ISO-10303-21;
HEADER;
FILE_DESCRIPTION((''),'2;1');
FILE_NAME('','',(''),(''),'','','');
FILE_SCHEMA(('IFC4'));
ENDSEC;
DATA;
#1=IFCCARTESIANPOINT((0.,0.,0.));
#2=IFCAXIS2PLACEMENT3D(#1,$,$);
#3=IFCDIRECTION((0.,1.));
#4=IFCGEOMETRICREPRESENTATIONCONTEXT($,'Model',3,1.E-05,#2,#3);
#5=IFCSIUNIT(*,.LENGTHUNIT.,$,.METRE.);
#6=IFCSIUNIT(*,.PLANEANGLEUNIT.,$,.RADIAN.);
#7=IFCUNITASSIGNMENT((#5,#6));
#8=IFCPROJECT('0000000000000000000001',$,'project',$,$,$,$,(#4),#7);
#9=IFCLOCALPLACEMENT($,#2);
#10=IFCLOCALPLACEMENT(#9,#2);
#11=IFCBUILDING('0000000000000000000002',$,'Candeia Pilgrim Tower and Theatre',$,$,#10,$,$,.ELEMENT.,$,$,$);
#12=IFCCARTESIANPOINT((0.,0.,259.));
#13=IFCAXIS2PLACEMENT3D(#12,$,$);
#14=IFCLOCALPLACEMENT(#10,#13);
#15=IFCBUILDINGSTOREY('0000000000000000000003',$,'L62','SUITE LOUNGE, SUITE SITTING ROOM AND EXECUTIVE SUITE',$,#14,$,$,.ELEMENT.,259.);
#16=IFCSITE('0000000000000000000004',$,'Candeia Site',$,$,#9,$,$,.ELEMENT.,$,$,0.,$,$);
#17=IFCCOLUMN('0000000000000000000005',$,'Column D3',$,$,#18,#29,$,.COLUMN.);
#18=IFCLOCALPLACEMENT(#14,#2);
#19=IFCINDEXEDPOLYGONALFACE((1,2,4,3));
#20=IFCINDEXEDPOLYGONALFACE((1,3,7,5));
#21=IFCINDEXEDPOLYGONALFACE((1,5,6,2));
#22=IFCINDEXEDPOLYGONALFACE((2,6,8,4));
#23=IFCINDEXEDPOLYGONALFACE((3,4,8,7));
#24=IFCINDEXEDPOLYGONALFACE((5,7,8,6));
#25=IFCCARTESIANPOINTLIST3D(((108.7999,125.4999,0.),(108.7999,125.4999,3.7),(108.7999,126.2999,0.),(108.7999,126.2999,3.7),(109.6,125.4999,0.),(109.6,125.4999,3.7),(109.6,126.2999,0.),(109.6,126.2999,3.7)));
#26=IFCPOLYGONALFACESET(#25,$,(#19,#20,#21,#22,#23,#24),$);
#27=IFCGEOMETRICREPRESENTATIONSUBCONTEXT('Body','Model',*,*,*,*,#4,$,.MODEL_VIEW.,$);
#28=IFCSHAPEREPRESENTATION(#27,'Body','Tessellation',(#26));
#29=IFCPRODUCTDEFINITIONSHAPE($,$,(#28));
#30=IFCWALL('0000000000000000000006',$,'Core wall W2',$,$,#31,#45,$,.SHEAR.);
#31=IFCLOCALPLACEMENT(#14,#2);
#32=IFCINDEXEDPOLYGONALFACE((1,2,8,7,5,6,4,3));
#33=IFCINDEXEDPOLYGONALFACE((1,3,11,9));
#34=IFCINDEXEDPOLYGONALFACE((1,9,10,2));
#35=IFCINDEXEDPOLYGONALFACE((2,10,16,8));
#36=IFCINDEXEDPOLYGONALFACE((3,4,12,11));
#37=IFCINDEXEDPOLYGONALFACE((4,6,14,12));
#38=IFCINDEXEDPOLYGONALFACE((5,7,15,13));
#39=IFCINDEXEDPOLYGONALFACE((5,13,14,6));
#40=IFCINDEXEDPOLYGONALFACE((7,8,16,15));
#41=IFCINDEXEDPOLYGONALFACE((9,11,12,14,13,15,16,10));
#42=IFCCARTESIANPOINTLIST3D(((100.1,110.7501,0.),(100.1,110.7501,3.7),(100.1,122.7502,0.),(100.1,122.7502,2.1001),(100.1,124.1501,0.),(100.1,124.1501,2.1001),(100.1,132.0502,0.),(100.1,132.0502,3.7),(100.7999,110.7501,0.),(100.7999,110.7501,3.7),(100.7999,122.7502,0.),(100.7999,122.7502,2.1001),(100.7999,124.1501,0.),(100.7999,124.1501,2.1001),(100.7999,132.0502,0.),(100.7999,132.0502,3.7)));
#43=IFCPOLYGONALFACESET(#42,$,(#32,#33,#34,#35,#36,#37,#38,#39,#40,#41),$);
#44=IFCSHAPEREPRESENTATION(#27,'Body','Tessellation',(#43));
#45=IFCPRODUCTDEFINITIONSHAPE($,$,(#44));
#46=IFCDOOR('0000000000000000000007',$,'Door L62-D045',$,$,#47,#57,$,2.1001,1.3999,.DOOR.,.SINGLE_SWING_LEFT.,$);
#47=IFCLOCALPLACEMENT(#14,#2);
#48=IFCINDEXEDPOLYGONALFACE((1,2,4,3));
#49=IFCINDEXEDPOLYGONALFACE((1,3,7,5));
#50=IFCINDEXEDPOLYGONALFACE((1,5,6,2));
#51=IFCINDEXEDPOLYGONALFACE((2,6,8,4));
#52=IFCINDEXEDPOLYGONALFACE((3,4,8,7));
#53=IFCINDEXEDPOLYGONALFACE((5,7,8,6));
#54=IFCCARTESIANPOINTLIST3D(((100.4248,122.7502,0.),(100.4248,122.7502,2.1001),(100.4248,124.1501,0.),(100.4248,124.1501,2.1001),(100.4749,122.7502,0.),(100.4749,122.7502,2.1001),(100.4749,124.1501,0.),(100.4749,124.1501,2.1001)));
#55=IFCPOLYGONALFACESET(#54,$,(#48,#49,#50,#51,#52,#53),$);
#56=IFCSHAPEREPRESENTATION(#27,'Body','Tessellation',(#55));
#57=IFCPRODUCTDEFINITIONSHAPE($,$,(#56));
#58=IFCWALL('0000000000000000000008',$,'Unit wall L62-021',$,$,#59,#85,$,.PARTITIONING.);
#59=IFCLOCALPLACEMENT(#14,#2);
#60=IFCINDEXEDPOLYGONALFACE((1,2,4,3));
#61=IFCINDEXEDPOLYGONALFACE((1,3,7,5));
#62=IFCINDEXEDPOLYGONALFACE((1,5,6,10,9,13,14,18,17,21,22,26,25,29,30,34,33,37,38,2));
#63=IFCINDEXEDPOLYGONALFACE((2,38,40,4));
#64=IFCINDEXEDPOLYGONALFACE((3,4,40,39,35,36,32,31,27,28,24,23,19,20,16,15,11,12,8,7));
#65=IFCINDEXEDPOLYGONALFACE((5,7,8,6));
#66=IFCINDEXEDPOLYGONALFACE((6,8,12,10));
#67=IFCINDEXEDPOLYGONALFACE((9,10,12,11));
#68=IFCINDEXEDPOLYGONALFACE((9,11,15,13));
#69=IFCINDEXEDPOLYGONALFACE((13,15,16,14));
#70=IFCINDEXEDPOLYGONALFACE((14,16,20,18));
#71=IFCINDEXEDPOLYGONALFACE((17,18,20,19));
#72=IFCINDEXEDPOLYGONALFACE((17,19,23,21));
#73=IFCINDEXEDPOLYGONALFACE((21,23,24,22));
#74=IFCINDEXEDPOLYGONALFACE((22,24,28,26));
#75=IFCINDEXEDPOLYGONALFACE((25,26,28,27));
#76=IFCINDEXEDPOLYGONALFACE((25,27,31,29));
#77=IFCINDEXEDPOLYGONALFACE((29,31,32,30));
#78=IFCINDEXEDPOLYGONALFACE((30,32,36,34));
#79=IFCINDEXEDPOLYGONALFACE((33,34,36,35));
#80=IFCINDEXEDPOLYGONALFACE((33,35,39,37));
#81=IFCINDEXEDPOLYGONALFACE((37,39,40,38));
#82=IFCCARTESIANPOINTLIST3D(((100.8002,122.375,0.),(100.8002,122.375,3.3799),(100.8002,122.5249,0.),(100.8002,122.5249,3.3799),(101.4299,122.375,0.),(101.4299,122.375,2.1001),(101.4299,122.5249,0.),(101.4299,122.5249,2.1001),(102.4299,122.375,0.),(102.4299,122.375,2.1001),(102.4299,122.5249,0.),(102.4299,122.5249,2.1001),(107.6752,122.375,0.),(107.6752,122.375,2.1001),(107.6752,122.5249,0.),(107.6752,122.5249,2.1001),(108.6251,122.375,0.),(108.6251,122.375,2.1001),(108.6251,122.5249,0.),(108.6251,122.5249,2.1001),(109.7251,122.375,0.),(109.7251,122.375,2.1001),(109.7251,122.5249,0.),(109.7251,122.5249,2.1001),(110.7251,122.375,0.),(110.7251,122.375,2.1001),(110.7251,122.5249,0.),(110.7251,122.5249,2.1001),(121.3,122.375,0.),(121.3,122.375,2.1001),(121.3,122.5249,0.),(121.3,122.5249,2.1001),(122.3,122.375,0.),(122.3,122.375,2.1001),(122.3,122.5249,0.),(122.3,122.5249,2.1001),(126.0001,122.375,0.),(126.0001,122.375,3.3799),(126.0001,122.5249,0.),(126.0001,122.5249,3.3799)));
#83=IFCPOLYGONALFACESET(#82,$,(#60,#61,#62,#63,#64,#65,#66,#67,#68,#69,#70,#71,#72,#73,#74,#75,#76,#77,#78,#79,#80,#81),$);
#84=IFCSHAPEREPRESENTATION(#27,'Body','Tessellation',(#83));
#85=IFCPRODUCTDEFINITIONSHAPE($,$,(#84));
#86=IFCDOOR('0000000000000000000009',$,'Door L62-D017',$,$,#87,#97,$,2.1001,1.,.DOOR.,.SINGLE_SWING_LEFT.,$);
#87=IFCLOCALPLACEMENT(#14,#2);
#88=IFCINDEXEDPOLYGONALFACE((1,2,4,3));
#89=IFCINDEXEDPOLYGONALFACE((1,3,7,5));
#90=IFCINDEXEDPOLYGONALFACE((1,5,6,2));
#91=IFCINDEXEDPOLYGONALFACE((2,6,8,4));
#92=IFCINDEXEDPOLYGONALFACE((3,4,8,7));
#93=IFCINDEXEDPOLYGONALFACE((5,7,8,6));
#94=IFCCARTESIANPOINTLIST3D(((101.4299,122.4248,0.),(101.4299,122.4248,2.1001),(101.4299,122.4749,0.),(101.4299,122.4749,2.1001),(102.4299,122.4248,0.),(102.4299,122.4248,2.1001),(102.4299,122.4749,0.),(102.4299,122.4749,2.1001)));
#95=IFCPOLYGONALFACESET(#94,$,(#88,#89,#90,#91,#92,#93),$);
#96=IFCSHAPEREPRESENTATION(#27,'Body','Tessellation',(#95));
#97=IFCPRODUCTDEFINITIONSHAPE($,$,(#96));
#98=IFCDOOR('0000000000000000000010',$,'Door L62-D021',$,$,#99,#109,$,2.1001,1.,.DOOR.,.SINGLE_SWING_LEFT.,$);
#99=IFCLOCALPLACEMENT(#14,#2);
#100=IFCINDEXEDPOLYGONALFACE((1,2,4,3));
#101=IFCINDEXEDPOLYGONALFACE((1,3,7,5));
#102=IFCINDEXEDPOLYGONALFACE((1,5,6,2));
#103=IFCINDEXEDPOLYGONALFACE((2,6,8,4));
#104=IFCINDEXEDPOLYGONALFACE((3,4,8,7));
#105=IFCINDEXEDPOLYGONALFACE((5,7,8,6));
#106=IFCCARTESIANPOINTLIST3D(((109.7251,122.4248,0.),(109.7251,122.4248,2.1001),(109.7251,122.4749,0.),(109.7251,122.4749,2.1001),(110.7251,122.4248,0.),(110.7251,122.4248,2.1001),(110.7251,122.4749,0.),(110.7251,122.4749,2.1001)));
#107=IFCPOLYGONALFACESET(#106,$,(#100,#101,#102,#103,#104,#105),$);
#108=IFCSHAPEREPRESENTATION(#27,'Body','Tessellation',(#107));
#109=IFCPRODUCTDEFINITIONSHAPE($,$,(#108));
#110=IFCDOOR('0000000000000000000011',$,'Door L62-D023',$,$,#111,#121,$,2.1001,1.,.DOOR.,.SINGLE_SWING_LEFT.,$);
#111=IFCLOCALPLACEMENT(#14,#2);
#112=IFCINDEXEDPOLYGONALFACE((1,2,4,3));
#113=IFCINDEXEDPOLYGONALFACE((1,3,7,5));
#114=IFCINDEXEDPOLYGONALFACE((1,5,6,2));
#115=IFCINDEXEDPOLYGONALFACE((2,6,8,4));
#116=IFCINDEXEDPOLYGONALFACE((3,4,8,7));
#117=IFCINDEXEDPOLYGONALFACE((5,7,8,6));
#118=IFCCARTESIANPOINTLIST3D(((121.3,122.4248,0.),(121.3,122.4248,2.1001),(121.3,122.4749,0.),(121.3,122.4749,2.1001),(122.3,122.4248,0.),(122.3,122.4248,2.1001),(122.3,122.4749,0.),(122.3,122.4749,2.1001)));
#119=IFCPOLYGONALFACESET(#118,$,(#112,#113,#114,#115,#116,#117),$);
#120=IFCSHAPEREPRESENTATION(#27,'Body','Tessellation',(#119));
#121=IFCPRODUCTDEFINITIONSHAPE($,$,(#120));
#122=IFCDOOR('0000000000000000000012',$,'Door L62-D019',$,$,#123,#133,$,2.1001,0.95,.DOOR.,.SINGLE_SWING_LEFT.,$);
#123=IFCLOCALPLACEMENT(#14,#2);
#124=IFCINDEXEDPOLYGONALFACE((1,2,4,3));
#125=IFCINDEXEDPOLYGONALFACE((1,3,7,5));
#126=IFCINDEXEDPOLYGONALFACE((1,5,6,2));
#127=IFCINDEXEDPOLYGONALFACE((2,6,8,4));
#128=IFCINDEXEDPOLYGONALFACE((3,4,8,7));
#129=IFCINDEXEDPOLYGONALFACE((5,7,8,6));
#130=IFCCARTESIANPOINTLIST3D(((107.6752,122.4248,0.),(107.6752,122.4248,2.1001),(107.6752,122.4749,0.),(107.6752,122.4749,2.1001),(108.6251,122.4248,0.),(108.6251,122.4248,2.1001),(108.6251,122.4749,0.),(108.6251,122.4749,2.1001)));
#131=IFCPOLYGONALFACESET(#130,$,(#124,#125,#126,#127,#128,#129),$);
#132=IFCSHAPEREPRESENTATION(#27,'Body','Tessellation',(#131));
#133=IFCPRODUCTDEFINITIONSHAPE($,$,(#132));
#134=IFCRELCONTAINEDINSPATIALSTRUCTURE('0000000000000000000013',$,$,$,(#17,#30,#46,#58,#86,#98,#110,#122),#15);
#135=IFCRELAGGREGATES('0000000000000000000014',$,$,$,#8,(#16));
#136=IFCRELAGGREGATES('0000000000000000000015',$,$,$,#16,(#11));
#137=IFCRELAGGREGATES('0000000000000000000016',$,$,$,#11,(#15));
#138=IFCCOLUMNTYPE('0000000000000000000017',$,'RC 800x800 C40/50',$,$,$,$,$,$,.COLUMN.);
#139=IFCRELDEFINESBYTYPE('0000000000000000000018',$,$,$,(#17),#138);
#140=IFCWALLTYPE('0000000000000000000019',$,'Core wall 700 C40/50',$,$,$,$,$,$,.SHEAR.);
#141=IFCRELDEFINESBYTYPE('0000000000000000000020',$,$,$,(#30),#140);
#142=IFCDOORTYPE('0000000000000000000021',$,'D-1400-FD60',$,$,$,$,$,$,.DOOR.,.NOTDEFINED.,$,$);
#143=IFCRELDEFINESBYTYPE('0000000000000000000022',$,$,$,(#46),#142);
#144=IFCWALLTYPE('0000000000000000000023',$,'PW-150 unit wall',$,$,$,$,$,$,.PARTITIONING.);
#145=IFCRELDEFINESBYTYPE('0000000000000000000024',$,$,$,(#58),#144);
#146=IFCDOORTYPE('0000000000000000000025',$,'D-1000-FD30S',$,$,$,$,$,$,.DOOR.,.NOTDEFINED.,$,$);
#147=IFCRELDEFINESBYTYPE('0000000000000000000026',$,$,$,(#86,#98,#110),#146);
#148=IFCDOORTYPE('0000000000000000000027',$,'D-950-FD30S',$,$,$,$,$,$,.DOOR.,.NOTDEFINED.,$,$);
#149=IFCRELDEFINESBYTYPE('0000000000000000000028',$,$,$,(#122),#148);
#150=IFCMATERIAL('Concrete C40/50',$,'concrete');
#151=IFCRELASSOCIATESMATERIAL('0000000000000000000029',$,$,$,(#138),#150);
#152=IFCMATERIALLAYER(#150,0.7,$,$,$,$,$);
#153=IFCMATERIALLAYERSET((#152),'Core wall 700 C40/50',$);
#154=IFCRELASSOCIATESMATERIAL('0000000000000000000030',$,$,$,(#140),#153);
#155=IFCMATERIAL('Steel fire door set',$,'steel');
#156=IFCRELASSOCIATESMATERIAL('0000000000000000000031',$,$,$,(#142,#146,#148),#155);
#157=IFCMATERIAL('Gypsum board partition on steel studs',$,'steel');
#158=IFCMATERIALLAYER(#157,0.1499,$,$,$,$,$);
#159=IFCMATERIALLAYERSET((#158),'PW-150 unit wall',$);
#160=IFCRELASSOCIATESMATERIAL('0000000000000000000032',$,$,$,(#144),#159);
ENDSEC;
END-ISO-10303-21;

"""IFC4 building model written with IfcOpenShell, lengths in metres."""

from ifc_helpers import new_model, si_unit, direction, frame, frame_2d, origin, origin_2d, place, context, subcontext, project, spatial, rectangle, extrude, material, layer, layer_set, material_profile, profile_set, type_object, element, fill, save


model = new_model("IFC4")

# Units and contexts
model_context = context("Model", 3, precision=1e-05, world=origin(), true_north=direction((0.0, 1.0)))
body_context = subcontext(model_context, "Body", "Model", "MODEL_VIEW")
ifc_project = project(units=[si_unit("LENGTHUNIT", "METRE"), si_unit("PLANEANGLEUNIT", "RADIAN")], contexts=[model_context])

# Site, building, storey
site_placement = place(None, origin())
site = spatial("IfcSite", under=ifc_project, at=site_placement, Name="Candeia Site", CompositionType="ELEMENT", RefElevation=0.0)
building_placement = place(site_placement, origin())
building = spatial("IfcBuilding", under=site, at=building_placement, Name="Candeia Pilgrim Tower and Theatre", CompositionType="ELEMENT")
storey_placement = place(building_placement, frame((0.0, 0.0, 259.0)))
storey = spatial("IfcBuildingStorey", under=building, at=storey_placement, Name="L62", Description="SUITE LOUNGE, SUITE SITTING ROOM AND EXECUTIVE SUITE", CompositionType="ELEMENT", Elevation=259.0)

# Column
ifc_material_1 = material(Name="Concrete C40/50", Category="concrete")
ifc_material_profile = material_profile(ifc_material_1, rectangle(XDim=0.8, YDim=0.8, at=origin_2d()))
ifc_profile_set = profile_set([ifc_material_profile], Name="Concrete C40/50")
column_type = type_object("IfcColumnType", Name="RC 800x800 C40/50", PredefinedType="COLUMN", material=ifc_profile_set)
column_placement = place(storey_placement, frame((109.2, 125.8999, 0.0), z_axis=(0.0, 0.0, 1.0), x_axis=(1.0, 0.0, 0.0)))
element("IfcColumn", 1, at=column_placement, inside=storey, type_object=column_type, Name="Column D3", PredefinedType="COLUMN", context=body_context, shape_type="SweptSolid", body=[
    extrude(rectangle(XDim=0.8, YDim=0.8, at=origin_2d()), origin(), (0.0, 0.0, 1.0), 3.7),
])

# Wall, opening, door
ifc_layer_1 = layer(ifc_material_1, 0.7)
ifc_layer_set_1 = layer_set([ifc_layer_1], Name="Core wall 700 C40/50")
wall_type_1 = type_object("IfcWallType", Name="Core wall 700 C40/50", PredefinedType="SHEAR", material=ifc_layer_set_1)
wall_1_placement = place(storey_placement, frame((100.45, 132.05, 0.0), z_axis=(0.0, 0.0, 1.0), x_axis=(0.0, -1.0, 0.0)))
wall_1 = element("IfcWall", 2, at=wall_1_placement, inside=storey, type_object=wall_type_1, Name="Core wall W2", PredefinedType="SHEAR", context=body_context, shape_type="SweptSolid", body=[
    extrude(rectangle(XDim=21.3, YDim=0.7, at=frame_2d((10.6499, 0.0))), origin(), (0.0, 0.0, 1.0), 3.7),
])
opening_1_placement = place(wall_1_placement, frame((7.8999, 0.0, 0.0)))
opening_1 = element("IfcOpeningElement", 3, at=opening_1_placement, cuts=wall_1, PredefinedType="OPENING", context=body_context, shape_type="SweptSolid", body=[
    extrude(rectangle(XDim=1.3999, YDim=2.1001, at=frame_2d((0.7, 1.05))), frame((0.0, 0.3599, 0.0), z_axis=(0.0, -1.0, 0.0), x_axis=(1.0, 0.0, 0.0)), (0.0, 0.0, 1.0), 0.72),
])
ifc_material_2 = material(Name="Steel fire door set", Category="steel")
door_type_1 = type_object("IfcDoorType", Name="D-1400-FD60", OperationType="NOTDEFINED", PredefinedType="DOOR", material=ifc_material_2)
door_1_placement = place(opening_1_placement, origin())
door_1 = element("IfcDoor", 4, at=door_1_placement, inside=storey, type_object=door_type_1, Name="Door L62-D045", OperationType="SINGLE_SWING_LEFT", OverallHeight=2.1001, OverallWidth=1.3999, PredefinedType="DOOR", context=body_context, shape_type="SweptSolid", body=[
    extrude(rectangle(XDim=1.3999, YDim=2.1001, at=frame_2d((0.7, 1.05))), frame((0.0, 0.0249, 0.0), z_axis=(0.0, -1.0, 0.0), x_axis=(1.0, 0.0, 0.0)), (0.0, 0.0, 1.0), 0.05),
])
fill(opening_1, door_1)

# Wall, openings, doors
ifc_material_3 = material(Name="Gypsum board partition on steel studs", Category="steel")
ifc_layer_2 = layer(ifc_material_3, 0.1499)
ifc_layer_set_2 = layer_set([ifc_layer_2], Name="PW-150 unit wall")
wall_type_2 = type_object("IfcWallType", Name="PW-150 unit wall", PredefinedType="PARTITIONING", material=ifc_layer_set_2)
wall_2_placement = place(storey_placement, frame((100.8, 122.45, 0.0), z_axis=(0.0, 0.0, 1.0), x_axis=(1.0, 0.0, 0.0)))
wall_2 = element("IfcWall", 5, at=wall_2_placement, inside=storey, type_object=wall_type_2, Name="Unit wall L62-021", PredefinedType="PARTITIONING", context=body_context, shape_type="SweptSolid", body=[
    extrude(rectangle(XDim=25.2, YDim=0.1499, at=frame_2d((12.6001, 0.0))), origin(), (0.0, 0.0, 1.0), 3.3799),
])
opening_2_placement = place(wall_2_placement, frame((0.6299, 0.0, 0.0)))
opening_2 = element("IfcOpeningElement", 6, at=opening_2_placement, cuts=wall_2, PredefinedType="OPENING", context=body_context, shape_type="SweptSolid", body=[
    extrude(rectangle(XDim=1.0, YDim=2.1001, at=frame_2d((0.5, 1.05))), frame((0.0, 0.085, 0.0), z_axis=(0.0, -1.0, 0.0), x_axis=(1.0, 0.0, 0.0)), (0.0, 0.0, 1.0), 0.1699),
])
opening_3_placement = place(wall_2_placement, frame((6.875, 0.0, 0.0)))
opening_3 = element("IfcOpeningElement", 7, at=opening_3_placement, cuts=wall_2, PredefinedType="OPENING", context=body_context, shape_type="SweptSolid", body=[
    extrude(rectangle(XDim=0.95, YDim=2.1001, at=frame_2d((0.4751, 1.05))), frame((0.0, 0.085, 0.0), z_axis=(0.0, -1.0, 0.0), x_axis=(1.0, 0.0, 0.0)), (0.0, 0.0, 1.0), 0.1699),
])
opening_4_placement = place(wall_2_placement, frame((8.925, 0.0, 0.0)))
opening_4 = element("IfcOpeningElement", 8, at=opening_4_placement, cuts=wall_2, PredefinedType="OPENING", context=body_context, shape_type="SweptSolid", body=[
    extrude(rectangle(XDim=1.0, YDim=2.1001, at=frame_2d((0.5, 1.05))), frame((0.0, 0.085, 0.0), z_axis=(0.0, -1.0, 0.0), x_axis=(1.0, 0.0, 0.0)), (0.0, 0.0, 1.0), 0.1699),
])
opening_5_placement = place(wall_2_placement, frame((20.5, 0.0, 0.0)))
opening_5 = element("IfcOpeningElement", 9, at=opening_5_placement, cuts=wall_2, PredefinedType="OPENING", context=body_context, shape_type="SweptSolid", body=[
    extrude(rectangle(XDim=1.0, YDim=2.1001, at=frame_2d((0.5, 1.05))), frame((0.0, 0.085, 0.0), z_axis=(0.0, -1.0, 0.0), x_axis=(1.0, 0.0, 0.0)), (0.0, 0.0, 1.0), 0.1699),
])
door_type_2 = type_object("IfcDoorType", Name="D-1000-FD30S", OperationType="NOTDEFINED", PredefinedType="DOOR", material=ifc_material_2)
door_2_placement = place(opening_2_placement, origin())
door_2 = element("IfcDoor", 10, at=door_2_placement, inside=storey, type_object=door_type_2, Name="Door L62-D017", OperationType="SINGLE_SWING_LEFT", OverallHeight=2.1001, OverallWidth=1.0, PredefinedType="DOOR", context=body_context, shape_type="SweptSolid", body=[
    extrude(rectangle(XDim=1.0, YDim=2.1001, at=frame_2d((0.5, 1.05))), frame((0.0, 0.0249, 0.0), z_axis=(0.0, -1.0, 0.0), x_axis=(1.0, 0.0, 0.0)), (0.0, 0.0, 1.0), 0.05),
])
fill(opening_2, door_2)
door_3_placement = place(opening_4_placement, origin())
door_3 = element("IfcDoor", 11, at=door_3_placement, inside=storey, type_object=door_type_2, Name="Door L62-D021", OperationType="SINGLE_SWING_LEFT", OverallHeight=2.1001, OverallWidth=1.0, PredefinedType="DOOR", context=body_context, shape_type="SweptSolid", body=[
    extrude(rectangle(XDim=1.0, YDim=2.1001, at=frame_2d((0.5, 1.05))), frame((0.0, 0.0249, 0.0), z_axis=(0.0, -1.0, 0.0), x_axis=(1.0, 0.0, 0.0)), (0.0, 0.0, 1.0), 0.05),
])
fill(opening_4, door_3)
door_4_placement = place(opening_5_placement, origin())
door_4 = element("IfcDoor", 12, at=door_4_placement, inside=storey, type_object=door_type_2, Name="Door L62-D023", OperationType="SINGLE_SWING_LEFT", OverallHeight=2.1001, OverallWidth=1.0, PredefinedType="DOOR", context=body_context, shape_type="SweptSolid", body=[
    extrude(rectangle(XDim=1.0, YDim=2.1001, at=frame_2d((0.5, 1.05))), frame((0.0, 0.0249, 0.0), z_axis=(0.0, -1.0, 0.0), x_axis=(1.0, 0.0, 0.0)), (0.0, 0.0, 1.0), 0.05),
])
fill(opening_5, door_4)
door_type_3 = type_object("IfcDoorType", Name="D-950-FD30S", OperationType="NOTDEFINED", PredefinedType="DOOR", material=ifc_material_2)
door_5_placement = place(opening_3_placement, origin())
door_5 = element("IfcDoor", 13, at=door_5_placement, inside=storey, type_object=door_type_3, Name="Door L62-D019", OperationType="SINGLE_SWING_LEFT", OverallHeight=2.1001, OverallWidth=0.95, PredefinedType="DOOR", context=body_context, shape_type="SweptSolid", body=[
    extrude(rectangle(XDim=0.95, YDim=2.1001, at=frame_2d((0.4751, 1.05))), frame((0.0, 0.0249, 0.0), z_axis=(0.0, -1.0, 0.0), x_axis=(1.0, 0.0, 0.0)), (0.0, 0.0, 1.0), 0.05),
])
fill(opening_3, door_5)

save(model, "model.ifc")
